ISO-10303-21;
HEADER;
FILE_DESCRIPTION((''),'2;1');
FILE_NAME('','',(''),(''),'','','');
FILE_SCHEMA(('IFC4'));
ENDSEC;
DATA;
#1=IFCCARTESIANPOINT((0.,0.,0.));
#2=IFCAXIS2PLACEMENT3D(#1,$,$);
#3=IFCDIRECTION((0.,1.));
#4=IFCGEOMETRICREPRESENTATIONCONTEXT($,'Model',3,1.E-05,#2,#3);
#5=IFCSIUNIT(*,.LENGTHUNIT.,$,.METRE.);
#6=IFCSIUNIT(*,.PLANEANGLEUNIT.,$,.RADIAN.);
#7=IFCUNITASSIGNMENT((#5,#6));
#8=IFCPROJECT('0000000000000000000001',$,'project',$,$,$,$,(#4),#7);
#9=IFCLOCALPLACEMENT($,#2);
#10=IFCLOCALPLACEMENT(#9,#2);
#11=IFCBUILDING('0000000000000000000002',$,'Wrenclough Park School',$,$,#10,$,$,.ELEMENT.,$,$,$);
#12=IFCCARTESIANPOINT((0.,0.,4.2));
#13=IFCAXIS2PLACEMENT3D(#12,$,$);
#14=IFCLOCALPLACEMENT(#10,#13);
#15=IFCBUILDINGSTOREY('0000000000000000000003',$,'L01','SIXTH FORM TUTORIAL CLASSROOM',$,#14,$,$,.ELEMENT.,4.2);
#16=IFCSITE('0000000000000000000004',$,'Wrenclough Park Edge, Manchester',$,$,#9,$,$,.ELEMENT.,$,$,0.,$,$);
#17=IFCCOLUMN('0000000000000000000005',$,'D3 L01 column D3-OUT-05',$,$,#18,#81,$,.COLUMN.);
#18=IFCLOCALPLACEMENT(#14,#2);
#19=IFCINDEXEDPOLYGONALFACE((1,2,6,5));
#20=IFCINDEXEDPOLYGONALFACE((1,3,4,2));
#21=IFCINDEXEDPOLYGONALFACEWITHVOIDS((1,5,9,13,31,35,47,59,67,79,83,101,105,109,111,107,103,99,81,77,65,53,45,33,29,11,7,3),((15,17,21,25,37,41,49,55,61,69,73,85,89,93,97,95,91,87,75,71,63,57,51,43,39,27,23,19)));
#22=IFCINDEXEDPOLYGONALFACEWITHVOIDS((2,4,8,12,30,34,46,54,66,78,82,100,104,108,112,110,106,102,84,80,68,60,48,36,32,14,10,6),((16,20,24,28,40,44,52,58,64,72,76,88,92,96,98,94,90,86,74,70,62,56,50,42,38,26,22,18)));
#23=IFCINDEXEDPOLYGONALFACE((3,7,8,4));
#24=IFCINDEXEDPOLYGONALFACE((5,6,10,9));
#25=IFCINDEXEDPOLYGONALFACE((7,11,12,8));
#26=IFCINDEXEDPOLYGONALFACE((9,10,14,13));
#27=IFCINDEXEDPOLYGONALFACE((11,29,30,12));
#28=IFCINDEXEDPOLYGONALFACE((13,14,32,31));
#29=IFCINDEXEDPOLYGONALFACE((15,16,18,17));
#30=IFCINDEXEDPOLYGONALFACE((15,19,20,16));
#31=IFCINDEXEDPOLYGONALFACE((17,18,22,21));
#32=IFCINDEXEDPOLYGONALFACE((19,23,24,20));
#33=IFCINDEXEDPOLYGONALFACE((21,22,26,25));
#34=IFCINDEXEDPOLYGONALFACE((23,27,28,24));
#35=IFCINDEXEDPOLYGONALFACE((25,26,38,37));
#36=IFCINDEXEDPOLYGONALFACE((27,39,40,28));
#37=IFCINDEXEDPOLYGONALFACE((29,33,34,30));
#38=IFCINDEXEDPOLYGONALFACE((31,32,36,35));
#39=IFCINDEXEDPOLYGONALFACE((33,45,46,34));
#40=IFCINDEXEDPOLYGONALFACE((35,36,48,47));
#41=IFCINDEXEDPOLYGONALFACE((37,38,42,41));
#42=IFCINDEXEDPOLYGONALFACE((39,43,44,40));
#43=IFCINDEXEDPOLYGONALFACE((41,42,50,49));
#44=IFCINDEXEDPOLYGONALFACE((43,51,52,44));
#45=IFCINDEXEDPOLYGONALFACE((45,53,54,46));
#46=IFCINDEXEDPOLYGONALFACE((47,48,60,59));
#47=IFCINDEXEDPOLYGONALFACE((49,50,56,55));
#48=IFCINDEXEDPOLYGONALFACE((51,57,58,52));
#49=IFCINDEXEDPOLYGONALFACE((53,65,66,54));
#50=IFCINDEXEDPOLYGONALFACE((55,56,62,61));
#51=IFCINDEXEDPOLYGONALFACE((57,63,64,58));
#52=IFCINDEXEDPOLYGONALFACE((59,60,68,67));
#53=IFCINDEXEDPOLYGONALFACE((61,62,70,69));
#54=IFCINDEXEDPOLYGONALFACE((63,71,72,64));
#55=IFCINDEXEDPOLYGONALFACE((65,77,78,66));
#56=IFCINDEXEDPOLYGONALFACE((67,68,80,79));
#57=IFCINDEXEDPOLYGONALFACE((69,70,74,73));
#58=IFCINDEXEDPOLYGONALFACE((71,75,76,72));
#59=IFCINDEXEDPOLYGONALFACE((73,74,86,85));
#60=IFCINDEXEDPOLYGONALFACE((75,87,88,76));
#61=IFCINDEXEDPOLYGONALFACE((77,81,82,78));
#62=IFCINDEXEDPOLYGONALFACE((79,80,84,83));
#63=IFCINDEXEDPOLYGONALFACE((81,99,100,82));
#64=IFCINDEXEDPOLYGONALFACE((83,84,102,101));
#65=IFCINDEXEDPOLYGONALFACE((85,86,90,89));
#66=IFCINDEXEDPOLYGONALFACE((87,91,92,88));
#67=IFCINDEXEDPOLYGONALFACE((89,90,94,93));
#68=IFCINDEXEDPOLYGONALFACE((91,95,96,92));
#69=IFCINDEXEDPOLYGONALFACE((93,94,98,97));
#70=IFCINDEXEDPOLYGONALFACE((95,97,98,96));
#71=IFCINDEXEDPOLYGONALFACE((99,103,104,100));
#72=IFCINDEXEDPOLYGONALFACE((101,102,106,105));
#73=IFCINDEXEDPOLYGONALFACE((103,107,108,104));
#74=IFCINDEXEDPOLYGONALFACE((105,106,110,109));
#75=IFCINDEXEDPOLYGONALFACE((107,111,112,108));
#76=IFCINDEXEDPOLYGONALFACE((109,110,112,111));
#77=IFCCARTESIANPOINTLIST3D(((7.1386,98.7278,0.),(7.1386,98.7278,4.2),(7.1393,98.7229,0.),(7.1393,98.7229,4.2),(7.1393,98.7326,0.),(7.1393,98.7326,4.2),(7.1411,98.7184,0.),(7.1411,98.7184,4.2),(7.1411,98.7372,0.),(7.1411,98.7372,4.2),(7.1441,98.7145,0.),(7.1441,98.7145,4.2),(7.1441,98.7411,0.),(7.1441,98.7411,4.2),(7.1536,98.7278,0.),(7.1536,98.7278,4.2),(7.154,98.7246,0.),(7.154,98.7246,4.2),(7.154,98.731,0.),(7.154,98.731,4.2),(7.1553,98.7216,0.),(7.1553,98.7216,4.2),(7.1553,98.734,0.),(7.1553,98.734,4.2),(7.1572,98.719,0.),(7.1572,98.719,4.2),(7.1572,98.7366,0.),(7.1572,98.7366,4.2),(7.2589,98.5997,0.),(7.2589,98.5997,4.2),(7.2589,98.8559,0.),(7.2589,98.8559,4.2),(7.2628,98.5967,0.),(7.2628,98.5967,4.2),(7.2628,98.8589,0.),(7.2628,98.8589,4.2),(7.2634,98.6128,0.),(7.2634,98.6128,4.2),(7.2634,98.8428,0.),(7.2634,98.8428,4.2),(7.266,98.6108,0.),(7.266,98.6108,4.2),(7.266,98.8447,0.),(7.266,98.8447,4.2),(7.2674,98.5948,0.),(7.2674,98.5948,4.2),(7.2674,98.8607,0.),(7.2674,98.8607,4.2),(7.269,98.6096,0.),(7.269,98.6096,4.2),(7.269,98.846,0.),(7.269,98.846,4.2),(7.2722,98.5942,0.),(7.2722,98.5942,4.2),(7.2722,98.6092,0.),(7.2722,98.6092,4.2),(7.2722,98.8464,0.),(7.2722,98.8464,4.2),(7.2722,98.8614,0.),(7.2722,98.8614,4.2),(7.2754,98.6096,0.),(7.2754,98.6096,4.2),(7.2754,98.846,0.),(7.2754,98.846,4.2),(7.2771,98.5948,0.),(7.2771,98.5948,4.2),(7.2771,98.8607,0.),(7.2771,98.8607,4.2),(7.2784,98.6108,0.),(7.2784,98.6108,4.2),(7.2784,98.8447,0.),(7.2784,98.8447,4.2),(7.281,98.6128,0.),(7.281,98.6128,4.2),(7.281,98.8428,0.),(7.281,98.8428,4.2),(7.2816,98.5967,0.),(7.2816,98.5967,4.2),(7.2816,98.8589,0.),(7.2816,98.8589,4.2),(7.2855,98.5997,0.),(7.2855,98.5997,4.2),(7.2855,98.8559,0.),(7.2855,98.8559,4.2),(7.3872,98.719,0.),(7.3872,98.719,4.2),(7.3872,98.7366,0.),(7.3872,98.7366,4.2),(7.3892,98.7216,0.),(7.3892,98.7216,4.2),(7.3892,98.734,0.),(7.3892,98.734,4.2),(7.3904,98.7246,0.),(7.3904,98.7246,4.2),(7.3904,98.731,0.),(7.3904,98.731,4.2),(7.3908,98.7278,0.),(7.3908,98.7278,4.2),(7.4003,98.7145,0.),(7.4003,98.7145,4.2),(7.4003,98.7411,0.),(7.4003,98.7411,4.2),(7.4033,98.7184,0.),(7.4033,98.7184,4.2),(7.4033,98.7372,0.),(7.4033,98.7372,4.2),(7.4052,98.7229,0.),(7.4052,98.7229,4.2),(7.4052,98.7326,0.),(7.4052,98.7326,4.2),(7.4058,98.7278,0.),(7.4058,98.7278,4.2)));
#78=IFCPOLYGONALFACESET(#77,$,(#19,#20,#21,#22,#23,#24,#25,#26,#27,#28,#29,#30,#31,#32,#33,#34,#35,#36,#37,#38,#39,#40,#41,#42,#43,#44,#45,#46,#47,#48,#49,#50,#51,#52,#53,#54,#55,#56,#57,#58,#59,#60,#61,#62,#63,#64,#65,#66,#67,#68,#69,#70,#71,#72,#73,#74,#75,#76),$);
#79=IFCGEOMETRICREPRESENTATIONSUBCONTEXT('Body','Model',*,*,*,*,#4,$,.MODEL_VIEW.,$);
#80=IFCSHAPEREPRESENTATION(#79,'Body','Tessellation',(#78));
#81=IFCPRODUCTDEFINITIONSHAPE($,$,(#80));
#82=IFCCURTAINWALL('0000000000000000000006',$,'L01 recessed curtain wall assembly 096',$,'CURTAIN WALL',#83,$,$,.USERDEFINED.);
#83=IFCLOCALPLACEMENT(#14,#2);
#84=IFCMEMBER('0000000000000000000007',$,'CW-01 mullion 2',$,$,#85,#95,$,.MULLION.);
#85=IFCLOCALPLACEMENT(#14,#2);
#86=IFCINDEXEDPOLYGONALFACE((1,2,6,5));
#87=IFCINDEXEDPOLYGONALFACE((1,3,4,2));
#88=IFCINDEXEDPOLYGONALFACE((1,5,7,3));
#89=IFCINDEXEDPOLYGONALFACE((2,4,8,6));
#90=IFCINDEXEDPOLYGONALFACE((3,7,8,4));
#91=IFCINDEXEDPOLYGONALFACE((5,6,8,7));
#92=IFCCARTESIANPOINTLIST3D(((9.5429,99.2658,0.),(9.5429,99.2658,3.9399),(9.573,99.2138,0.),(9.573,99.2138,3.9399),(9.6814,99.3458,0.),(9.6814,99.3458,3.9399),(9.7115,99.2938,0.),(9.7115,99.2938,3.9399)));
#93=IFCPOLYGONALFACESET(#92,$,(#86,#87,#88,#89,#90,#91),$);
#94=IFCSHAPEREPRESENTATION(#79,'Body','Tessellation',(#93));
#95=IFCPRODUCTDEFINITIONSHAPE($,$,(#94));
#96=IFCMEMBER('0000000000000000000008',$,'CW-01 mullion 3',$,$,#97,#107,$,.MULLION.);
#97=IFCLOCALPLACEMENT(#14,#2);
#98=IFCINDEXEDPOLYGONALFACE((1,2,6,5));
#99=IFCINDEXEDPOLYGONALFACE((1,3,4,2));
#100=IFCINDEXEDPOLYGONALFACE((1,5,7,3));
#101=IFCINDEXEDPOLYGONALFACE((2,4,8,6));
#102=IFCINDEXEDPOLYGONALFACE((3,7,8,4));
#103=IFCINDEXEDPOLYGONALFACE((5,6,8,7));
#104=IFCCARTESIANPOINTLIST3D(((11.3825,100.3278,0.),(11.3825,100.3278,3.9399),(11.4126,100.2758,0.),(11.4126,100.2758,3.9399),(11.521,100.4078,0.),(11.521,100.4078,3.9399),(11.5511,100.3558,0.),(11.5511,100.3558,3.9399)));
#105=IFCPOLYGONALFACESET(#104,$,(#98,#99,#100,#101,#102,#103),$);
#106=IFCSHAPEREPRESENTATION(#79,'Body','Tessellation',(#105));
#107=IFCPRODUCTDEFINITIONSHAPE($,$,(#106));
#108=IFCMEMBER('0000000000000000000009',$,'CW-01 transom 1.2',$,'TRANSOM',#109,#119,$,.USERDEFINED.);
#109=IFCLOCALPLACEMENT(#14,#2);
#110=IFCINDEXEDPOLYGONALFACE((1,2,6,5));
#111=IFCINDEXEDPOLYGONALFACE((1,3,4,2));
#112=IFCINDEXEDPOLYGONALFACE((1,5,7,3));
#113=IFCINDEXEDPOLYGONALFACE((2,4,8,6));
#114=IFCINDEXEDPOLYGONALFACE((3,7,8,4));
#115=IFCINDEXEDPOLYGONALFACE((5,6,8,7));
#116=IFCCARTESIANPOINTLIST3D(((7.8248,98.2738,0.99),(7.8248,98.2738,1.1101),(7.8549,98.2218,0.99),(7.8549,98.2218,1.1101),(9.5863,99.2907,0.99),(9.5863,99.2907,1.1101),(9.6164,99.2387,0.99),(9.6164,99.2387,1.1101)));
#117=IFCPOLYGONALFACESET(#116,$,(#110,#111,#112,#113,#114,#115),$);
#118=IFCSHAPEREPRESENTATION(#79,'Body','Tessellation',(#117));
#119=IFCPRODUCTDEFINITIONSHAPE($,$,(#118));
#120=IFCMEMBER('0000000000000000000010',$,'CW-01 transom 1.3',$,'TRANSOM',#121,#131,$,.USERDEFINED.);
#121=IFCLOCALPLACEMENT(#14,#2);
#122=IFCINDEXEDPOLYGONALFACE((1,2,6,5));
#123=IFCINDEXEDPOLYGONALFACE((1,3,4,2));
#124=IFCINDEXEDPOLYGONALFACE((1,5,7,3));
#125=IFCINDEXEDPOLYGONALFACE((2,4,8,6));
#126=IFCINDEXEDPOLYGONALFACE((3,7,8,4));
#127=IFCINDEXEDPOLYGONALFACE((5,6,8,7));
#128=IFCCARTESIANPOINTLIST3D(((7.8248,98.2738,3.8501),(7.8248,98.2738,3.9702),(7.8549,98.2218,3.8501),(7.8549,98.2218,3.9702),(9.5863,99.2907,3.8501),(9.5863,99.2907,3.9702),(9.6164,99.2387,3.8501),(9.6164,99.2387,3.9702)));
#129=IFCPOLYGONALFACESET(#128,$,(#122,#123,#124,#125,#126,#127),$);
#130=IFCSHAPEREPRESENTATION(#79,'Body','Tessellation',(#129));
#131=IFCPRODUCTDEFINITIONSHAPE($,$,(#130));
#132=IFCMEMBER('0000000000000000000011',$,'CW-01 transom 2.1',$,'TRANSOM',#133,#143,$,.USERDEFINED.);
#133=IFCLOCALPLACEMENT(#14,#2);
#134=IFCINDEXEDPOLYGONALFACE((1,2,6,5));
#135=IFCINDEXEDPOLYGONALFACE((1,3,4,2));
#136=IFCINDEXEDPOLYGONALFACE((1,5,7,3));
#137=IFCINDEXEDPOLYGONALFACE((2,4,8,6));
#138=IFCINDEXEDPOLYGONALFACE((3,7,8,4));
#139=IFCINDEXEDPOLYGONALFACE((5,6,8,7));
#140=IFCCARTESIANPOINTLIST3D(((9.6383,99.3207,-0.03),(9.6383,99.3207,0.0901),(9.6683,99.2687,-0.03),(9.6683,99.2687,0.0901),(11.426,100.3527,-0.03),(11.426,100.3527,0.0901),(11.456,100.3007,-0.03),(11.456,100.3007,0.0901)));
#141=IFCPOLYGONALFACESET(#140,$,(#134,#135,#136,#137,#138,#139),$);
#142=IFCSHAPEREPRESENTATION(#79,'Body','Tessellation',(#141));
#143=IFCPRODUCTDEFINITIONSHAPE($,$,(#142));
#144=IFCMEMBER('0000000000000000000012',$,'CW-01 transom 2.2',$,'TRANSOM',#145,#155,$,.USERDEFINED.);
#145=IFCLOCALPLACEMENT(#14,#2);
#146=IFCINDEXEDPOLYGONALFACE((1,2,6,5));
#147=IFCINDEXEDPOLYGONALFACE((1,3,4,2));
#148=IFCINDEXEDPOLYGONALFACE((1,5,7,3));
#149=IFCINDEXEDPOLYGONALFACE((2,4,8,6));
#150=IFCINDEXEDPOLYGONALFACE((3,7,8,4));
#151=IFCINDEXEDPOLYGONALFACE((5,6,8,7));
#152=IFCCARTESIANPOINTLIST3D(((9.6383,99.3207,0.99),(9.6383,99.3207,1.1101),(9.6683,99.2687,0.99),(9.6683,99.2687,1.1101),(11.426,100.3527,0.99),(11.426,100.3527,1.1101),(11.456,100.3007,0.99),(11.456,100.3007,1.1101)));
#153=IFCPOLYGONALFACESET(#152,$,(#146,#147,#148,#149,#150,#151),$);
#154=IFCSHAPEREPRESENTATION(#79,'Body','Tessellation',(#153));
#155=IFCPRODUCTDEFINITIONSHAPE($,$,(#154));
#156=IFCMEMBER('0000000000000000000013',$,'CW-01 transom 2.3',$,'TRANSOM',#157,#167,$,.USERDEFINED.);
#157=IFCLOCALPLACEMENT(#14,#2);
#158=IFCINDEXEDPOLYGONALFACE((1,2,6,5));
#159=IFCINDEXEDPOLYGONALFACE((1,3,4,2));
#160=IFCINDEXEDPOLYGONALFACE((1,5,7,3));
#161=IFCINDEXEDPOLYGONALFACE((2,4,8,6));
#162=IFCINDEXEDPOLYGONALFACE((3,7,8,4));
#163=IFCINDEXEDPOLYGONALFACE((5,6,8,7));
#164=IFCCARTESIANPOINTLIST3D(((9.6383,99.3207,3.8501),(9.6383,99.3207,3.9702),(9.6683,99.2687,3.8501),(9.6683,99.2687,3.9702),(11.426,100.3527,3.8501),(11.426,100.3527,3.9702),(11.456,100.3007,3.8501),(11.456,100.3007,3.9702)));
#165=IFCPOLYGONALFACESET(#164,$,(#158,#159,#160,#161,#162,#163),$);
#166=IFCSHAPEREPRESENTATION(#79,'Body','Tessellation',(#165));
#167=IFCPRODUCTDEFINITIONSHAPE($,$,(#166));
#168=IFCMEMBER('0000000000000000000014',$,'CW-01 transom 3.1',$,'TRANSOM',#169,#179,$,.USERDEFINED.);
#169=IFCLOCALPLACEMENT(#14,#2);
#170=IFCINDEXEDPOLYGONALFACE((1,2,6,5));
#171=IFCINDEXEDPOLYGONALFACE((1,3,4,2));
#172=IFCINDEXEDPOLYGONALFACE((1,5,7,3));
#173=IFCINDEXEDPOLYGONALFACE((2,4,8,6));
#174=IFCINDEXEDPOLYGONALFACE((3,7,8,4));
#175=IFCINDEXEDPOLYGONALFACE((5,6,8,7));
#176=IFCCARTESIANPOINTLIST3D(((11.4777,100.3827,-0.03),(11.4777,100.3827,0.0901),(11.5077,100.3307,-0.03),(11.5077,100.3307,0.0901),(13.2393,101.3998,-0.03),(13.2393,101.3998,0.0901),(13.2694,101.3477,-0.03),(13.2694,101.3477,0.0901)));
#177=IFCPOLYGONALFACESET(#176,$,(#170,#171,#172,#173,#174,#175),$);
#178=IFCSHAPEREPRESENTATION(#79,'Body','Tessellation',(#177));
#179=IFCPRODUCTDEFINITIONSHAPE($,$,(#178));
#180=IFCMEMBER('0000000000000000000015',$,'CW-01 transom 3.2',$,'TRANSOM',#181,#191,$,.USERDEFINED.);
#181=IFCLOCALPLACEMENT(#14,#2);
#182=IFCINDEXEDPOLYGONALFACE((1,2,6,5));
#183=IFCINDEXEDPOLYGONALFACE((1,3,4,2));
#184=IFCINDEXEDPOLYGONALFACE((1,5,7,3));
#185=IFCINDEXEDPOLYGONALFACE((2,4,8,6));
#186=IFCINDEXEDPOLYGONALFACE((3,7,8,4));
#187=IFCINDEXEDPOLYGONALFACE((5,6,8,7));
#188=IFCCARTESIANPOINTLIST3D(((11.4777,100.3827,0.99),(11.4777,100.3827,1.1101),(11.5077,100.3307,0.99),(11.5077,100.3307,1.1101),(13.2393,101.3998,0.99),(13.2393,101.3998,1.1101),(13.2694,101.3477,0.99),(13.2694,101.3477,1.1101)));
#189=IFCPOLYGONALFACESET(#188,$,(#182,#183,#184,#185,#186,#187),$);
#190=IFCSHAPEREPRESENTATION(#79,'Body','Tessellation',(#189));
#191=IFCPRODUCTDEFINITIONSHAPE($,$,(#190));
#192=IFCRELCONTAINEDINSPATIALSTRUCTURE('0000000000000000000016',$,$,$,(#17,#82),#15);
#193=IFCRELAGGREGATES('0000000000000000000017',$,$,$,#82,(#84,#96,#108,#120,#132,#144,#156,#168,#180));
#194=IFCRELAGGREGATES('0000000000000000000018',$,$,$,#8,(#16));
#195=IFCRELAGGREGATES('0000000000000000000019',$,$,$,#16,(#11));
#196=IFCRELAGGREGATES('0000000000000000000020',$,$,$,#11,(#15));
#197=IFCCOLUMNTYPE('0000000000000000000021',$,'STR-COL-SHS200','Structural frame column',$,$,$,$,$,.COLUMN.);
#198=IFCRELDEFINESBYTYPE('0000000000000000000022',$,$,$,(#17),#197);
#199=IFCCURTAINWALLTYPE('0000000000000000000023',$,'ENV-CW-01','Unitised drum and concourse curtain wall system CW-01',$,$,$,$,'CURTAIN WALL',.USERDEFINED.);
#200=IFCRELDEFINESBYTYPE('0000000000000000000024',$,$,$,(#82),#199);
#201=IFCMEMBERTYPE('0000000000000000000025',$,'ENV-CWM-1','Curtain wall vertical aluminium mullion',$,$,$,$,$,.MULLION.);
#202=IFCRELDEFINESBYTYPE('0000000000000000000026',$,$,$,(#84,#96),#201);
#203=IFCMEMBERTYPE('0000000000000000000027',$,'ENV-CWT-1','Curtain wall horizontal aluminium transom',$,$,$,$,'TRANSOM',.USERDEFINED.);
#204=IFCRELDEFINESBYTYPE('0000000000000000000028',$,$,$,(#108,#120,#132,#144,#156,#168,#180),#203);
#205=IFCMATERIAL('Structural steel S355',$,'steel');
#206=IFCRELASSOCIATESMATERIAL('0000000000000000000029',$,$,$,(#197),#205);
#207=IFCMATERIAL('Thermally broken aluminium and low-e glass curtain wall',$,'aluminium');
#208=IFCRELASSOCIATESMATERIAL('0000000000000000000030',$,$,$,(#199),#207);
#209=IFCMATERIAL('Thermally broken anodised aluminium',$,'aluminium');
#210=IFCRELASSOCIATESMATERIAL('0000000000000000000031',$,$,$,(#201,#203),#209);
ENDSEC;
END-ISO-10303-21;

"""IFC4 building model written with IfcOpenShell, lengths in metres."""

from ifc_helpers import new_model, si_unit, direction, frame, origin, origin_2d, place, context, subcontext, project, spatial, rectangle, hollow_rectangle, extrude, material, material_profile, profile_set, type_object, element, aggregate, save


model = new_model("IFC4")

# Units and contexts
model_context = context("Model", 3, precision=1e-05, world=origin(), true_north=direction((0.0, 1.0)))
body_context = subcontext(model_context, "Body", "Model", "MODEL_VIEW")
ifc_project = project(units=[si_unit("LENGTHUNIT", "METRE"), si_unit("PLANEANGLEUNIT", "RADIAN")], contexts=[model_context])

# Site, building, storey
site_placement = place(None, origin())
site = spatial("IfcSite", under=ifc_project, at=site_placement, Name="Wrenclough Park Edge, Manchester", CompositionType="ELEMENT", RefElevation=0.0)
building_placement = place(site_placement, origin())
building = spatial("IfcBuilding", under=site, at=building_placement, Name="Wrenclough Park School", CompositionType="ELEMENT")
storey_placement = place(building_placement, frame((0.0, 0.0, 4.2)))
storey = spatial("IfcBuildingStorey", under=building, at=storey_placement, Name="L01", Description="SIXTH FORM TUTORIAL CLASSROOM", CompositionType="ELEMENT", Elevation=4.2)

# Column
ifc_material_1 = material(Name="Structural steel S355", Category="steel")
ifc_material_profile_1 = material_profile(ifc_material_1, hollow_rectangle(XDim=0.2, YDim=0.2, WallThickness=0.0125, InnerFilletRadius=0.0125, OuterFilletRadius=0.0188, at=origin_2d()), Name="SHS 200x200x12.5")
ifc_profile_set_1 = profile_set([ifc_material_profile_1], Name="Structural steel S355")
column_type = type_object("IfcColumnType", Name="STR-COL-SHS200", Description="Structural frame column", PredefinedType="COLUMN", material=ifc_profile_set_1)
column_placement = place(storey_placement, frame((7.2722, 98.7278, 0.0), z_axis=(0.0, 0.0, 1.0), x_axis=(-0.707107, -0.707107, 0.0)))
element("IfcColumn", 1, at=column_placement, inside=storey, type_object=column_type, Name="D3 L01 column D3-OUT-05", PredefinedType="COLUMN", context=body_context, shape_type="SweptSolid", body=[
    extrude(hollow_rectangle(XDim=0.2, YDim=0.2, WallThickness=0.0125, InnerFilletRadius=0.0125, OuterFilletRadius=0.0188, at=origin_2d()), origin(), (0.0, 0.0, 1.0), 4.2),
])

# Curtain wall, members
ifc_material_2 = material(Name="Thermally broken aluminium and low-e glass curtain wall", Category="aluminium")
curtain_wall_type = type_object("IfcCurtainWallType", Name="ENV-CW-01", Description="Unitised drum and concourse curtain wall system CW-01", ElementType="CURTAIN WALL", PredefinedType="USERDEFINED", material=ifc_material_2)
curtain_wall_placement = place(storey_placement, origin())
curtain_wall = element("IfcCurtainWall", 2, at=curtain_wall_placement, inside=storey, type_object=curtain_wall_type, Name="L01 recessed curtain wall assembly 096", ObjectType="CURTAIN WALL", PredefinedType="USERDEFINED")
ifc_material_3 = material(Name="Thermally broken anodised aluminium", Category="aluminium")
ifc_material_profile_2 = material_profile(ifc_material_3, rectangle(XDim=0.0601, YDim=0.1599, at=origin_2d()), Name="AL MULLION 60x160")
ifc_profile_set_2 = profile_set([ifc_material_profile_2], Name="Thermally broken anodised aluminium")
member_type_1 = type_object("IfcMemberType", Name="ENV-CWM-1", Description="Curtain wall vertical aluminium mullion", PredefinedType="MULLION", material=ifc_profile_set_2)
member_1_placement = place(storey_placement, frame((9.6272, 99.2798, 0.0), z_axis=(0.0, 0.0, 1.0), x_axis=(-0.499999, 0.866026, 0.0)))
member_1 = element("IfcMember", 3, at=member_1_placement, type_object=member_type_1, Name="CW-01 mullion 2", PredefinedType="MULLION", context=body_context, shape_type="SweptSolid", body=[
    extrude(rectangle(XDim=0.0601, YDim=0.1599, at=origin_2d()), origin(), (0.0, 0.0, 1.0), 3.9399),
])
member_2_placement = place(storey_placement, frame((11.4668, 100.3418, 0.0), z_axis=(0.0, 0.0, 1.0), x_axis=(-0.499999, 0.866026, 0.0)))
member_2 = element("IfcMember", 4, at=member_2_placement, type_object=member_type_1, Name="CW-01 mullion 3", PredefinedType="MULLION", context=body_context, shape_type="SweptSolid", body=[
    extrude(rectangle(XDim=0.0601, YDim=0.1599, at=origin_2d()), origin(), (0.0, 0.0, 1.0), 3.9399),
])
ifc_material_profile_3 = material_profile(ifc_material_3, rectangle(XDim=0.0601, YDim=0.1201, at=origin_2d()), Name="AL TRANSOM 60x120")
ifc_profile_set_3 = profile_set([ifc_material_profile_3], Name="Thermally broken anodised aluminium")
member_type_2 = type_object("IfcMemberType", Name="ENV-CWT-1", Description="Curtain wall horizontal aluminium transom", ElementType="TRANSOM", PredefinedType="USERDEFINED", material=ifc_profile_set_3)
member_3_placement = place(storey_placement, frame((7.8398, 98.2478, 1.05), z_axis=(0.866056, 0.499948, 0.0), x_axis=(-0.499948, 0.866056, 0.0)))
member_3 = element("IfcMember", 5, at=member_3_placement, type_object=member_type_2, Name="CW-01 transom 1.2", ObjectType="TRANSOM", PredefinedType="USERDEFINED", context=body_context, shape_type="SweptSolid", body=[
    extrude(rectangle(XDim=0.0601, YDim=0.1201, at=origin_2d()), origin(), (0.0, 0.0, 1.0), 2.0339),
])
member_4_placement = place(storey_placement, frame((7.8398, 98.2478, 3.9102), z_axis=(0.866056, 0.499948, 0.0), x_axis=(-0.499948, 0.866056, 0.0)))
member_4 = element("IfcMember", 6, at=member_4_placement, type_object=member_type_2, Name="CW-01 transom 1.3", ObjectType="TRANSOM", PredefinedType="USERDEFINED", context=body_context, shape_type="SweptSolid", body=[
    extrude(rectangle(XDim=0.0601, YDim=0.1201, at=origin_2d()), origin(), (0.0, 0.0, 1.0), 2.0339),
])
member_5_placement = place(storey_placement, frame((9.6533, 99.2947, 0.03), z_axis=(0.866044, 0.499968, 0.0), x_axis=(-0.499968, 0.866044, 0.0)))
member_5 = element("IfcMember", 7, at=member_5_placement, type_object=member_type_2, Name="CW-01 transom 2.1", ObjectType="TRANSOM", PredefinedType="USERDEFINED", context=body_context, shape_type="SweptSolid", body=[
    extrude(rectangle(XDim=0.0601, YDim=0.1201, at=origin_2d()), origin(), (0.0, 0.0, 1.0), 2.0642),
])
member_6_placement = place(storey_placement, frame((9.6533, 99.2947, 1.05), z_axis=(0.866044, 0.499968, 0.0), x_axis=(-0.499968, 0.866044, 0.0)))
member_6 = element("IfcMember", 8, at=member_6_placement, type_object=member_type_2, Name="CW-01 transom 2.2", ObjectType="TRANSOM", PredefinedType="USERDEFINED", context=body_context, shape_type="SweptSolid", body=[
    extrude(rectangle(XDim=0.0601, YDim=0.1201, at=origin_2d()), origin(), (0.0, 0.0, 1.0), 2.0642),
])
member_7_placement = place(storey_placement, frame((9.6533, 99.2947, 3.9102), z_axis=(0.866044, 0.499968, 0.0), x_axis=(-0.499968, 0.866044, 0.0)))
member_7 = element("IfcMember", 9, at=member_7_placement, type_object=member_type_2, Name="CW-01 transom 2.3", ObjectType="TRANSOM", PredefinedType="USERDEFINED", context=body_context, shape_type="SweptSolid", body=[
    extrude(rectangle(XDim=0.0601, YDim=0.1201, at=origin_2d()), origin(), (0.0, 0.0, 1.0), 2.0642),
])
member_8_placement = place(storey_placement, frame((11.4927, 100.3567, 0.03), z_axis=(0.866034, 0.499986, 0.0), x_axis=(-0.499986, 0.866034, 0.0)))
member_8 = element("IfcMember", 10, at=member_8_placement, type_object=member_type_2, Name="CW-01 transom 3.1", ObjectType="TRANSOM", PredefinedType="USERDEFINED", context=body_context, shape_type="SweptSolid", body=[
    extrude(rectangle(XDim=0.0601, YDim=0.1201, at=origin_2d()), origin(), (0.0, 0.0, 1.0), 2.0342),
])
member_9_placement = place(storey_placement, frame((11.4927, 100.3567, 1.05), z_axis=(0.866034, 0.499986, 0.0), x_axis=(-0.499986, 0.866034, 0.0)))
member_9 = element("IfcMember", 11, at=member_9_placement, type_object=member_type_2, Name="CW-01 transom 3.2", ObjectType="TRANSOM", PredefinedType="USERDEFINED", context=body_context, shape_type="SweptSolid", body=[
    extrude(rectangle(XDim=0.0601, YDim=0.1201, at=origin_2d()), origin(), (0.0, 0.0, 1.0), 2.0342),
])

aggregate(curtain_wall, [member_1, member_2, member_3, member_4, member_5, member_6, member_7, member_8, member_9])

save(model, "model.ifc")
